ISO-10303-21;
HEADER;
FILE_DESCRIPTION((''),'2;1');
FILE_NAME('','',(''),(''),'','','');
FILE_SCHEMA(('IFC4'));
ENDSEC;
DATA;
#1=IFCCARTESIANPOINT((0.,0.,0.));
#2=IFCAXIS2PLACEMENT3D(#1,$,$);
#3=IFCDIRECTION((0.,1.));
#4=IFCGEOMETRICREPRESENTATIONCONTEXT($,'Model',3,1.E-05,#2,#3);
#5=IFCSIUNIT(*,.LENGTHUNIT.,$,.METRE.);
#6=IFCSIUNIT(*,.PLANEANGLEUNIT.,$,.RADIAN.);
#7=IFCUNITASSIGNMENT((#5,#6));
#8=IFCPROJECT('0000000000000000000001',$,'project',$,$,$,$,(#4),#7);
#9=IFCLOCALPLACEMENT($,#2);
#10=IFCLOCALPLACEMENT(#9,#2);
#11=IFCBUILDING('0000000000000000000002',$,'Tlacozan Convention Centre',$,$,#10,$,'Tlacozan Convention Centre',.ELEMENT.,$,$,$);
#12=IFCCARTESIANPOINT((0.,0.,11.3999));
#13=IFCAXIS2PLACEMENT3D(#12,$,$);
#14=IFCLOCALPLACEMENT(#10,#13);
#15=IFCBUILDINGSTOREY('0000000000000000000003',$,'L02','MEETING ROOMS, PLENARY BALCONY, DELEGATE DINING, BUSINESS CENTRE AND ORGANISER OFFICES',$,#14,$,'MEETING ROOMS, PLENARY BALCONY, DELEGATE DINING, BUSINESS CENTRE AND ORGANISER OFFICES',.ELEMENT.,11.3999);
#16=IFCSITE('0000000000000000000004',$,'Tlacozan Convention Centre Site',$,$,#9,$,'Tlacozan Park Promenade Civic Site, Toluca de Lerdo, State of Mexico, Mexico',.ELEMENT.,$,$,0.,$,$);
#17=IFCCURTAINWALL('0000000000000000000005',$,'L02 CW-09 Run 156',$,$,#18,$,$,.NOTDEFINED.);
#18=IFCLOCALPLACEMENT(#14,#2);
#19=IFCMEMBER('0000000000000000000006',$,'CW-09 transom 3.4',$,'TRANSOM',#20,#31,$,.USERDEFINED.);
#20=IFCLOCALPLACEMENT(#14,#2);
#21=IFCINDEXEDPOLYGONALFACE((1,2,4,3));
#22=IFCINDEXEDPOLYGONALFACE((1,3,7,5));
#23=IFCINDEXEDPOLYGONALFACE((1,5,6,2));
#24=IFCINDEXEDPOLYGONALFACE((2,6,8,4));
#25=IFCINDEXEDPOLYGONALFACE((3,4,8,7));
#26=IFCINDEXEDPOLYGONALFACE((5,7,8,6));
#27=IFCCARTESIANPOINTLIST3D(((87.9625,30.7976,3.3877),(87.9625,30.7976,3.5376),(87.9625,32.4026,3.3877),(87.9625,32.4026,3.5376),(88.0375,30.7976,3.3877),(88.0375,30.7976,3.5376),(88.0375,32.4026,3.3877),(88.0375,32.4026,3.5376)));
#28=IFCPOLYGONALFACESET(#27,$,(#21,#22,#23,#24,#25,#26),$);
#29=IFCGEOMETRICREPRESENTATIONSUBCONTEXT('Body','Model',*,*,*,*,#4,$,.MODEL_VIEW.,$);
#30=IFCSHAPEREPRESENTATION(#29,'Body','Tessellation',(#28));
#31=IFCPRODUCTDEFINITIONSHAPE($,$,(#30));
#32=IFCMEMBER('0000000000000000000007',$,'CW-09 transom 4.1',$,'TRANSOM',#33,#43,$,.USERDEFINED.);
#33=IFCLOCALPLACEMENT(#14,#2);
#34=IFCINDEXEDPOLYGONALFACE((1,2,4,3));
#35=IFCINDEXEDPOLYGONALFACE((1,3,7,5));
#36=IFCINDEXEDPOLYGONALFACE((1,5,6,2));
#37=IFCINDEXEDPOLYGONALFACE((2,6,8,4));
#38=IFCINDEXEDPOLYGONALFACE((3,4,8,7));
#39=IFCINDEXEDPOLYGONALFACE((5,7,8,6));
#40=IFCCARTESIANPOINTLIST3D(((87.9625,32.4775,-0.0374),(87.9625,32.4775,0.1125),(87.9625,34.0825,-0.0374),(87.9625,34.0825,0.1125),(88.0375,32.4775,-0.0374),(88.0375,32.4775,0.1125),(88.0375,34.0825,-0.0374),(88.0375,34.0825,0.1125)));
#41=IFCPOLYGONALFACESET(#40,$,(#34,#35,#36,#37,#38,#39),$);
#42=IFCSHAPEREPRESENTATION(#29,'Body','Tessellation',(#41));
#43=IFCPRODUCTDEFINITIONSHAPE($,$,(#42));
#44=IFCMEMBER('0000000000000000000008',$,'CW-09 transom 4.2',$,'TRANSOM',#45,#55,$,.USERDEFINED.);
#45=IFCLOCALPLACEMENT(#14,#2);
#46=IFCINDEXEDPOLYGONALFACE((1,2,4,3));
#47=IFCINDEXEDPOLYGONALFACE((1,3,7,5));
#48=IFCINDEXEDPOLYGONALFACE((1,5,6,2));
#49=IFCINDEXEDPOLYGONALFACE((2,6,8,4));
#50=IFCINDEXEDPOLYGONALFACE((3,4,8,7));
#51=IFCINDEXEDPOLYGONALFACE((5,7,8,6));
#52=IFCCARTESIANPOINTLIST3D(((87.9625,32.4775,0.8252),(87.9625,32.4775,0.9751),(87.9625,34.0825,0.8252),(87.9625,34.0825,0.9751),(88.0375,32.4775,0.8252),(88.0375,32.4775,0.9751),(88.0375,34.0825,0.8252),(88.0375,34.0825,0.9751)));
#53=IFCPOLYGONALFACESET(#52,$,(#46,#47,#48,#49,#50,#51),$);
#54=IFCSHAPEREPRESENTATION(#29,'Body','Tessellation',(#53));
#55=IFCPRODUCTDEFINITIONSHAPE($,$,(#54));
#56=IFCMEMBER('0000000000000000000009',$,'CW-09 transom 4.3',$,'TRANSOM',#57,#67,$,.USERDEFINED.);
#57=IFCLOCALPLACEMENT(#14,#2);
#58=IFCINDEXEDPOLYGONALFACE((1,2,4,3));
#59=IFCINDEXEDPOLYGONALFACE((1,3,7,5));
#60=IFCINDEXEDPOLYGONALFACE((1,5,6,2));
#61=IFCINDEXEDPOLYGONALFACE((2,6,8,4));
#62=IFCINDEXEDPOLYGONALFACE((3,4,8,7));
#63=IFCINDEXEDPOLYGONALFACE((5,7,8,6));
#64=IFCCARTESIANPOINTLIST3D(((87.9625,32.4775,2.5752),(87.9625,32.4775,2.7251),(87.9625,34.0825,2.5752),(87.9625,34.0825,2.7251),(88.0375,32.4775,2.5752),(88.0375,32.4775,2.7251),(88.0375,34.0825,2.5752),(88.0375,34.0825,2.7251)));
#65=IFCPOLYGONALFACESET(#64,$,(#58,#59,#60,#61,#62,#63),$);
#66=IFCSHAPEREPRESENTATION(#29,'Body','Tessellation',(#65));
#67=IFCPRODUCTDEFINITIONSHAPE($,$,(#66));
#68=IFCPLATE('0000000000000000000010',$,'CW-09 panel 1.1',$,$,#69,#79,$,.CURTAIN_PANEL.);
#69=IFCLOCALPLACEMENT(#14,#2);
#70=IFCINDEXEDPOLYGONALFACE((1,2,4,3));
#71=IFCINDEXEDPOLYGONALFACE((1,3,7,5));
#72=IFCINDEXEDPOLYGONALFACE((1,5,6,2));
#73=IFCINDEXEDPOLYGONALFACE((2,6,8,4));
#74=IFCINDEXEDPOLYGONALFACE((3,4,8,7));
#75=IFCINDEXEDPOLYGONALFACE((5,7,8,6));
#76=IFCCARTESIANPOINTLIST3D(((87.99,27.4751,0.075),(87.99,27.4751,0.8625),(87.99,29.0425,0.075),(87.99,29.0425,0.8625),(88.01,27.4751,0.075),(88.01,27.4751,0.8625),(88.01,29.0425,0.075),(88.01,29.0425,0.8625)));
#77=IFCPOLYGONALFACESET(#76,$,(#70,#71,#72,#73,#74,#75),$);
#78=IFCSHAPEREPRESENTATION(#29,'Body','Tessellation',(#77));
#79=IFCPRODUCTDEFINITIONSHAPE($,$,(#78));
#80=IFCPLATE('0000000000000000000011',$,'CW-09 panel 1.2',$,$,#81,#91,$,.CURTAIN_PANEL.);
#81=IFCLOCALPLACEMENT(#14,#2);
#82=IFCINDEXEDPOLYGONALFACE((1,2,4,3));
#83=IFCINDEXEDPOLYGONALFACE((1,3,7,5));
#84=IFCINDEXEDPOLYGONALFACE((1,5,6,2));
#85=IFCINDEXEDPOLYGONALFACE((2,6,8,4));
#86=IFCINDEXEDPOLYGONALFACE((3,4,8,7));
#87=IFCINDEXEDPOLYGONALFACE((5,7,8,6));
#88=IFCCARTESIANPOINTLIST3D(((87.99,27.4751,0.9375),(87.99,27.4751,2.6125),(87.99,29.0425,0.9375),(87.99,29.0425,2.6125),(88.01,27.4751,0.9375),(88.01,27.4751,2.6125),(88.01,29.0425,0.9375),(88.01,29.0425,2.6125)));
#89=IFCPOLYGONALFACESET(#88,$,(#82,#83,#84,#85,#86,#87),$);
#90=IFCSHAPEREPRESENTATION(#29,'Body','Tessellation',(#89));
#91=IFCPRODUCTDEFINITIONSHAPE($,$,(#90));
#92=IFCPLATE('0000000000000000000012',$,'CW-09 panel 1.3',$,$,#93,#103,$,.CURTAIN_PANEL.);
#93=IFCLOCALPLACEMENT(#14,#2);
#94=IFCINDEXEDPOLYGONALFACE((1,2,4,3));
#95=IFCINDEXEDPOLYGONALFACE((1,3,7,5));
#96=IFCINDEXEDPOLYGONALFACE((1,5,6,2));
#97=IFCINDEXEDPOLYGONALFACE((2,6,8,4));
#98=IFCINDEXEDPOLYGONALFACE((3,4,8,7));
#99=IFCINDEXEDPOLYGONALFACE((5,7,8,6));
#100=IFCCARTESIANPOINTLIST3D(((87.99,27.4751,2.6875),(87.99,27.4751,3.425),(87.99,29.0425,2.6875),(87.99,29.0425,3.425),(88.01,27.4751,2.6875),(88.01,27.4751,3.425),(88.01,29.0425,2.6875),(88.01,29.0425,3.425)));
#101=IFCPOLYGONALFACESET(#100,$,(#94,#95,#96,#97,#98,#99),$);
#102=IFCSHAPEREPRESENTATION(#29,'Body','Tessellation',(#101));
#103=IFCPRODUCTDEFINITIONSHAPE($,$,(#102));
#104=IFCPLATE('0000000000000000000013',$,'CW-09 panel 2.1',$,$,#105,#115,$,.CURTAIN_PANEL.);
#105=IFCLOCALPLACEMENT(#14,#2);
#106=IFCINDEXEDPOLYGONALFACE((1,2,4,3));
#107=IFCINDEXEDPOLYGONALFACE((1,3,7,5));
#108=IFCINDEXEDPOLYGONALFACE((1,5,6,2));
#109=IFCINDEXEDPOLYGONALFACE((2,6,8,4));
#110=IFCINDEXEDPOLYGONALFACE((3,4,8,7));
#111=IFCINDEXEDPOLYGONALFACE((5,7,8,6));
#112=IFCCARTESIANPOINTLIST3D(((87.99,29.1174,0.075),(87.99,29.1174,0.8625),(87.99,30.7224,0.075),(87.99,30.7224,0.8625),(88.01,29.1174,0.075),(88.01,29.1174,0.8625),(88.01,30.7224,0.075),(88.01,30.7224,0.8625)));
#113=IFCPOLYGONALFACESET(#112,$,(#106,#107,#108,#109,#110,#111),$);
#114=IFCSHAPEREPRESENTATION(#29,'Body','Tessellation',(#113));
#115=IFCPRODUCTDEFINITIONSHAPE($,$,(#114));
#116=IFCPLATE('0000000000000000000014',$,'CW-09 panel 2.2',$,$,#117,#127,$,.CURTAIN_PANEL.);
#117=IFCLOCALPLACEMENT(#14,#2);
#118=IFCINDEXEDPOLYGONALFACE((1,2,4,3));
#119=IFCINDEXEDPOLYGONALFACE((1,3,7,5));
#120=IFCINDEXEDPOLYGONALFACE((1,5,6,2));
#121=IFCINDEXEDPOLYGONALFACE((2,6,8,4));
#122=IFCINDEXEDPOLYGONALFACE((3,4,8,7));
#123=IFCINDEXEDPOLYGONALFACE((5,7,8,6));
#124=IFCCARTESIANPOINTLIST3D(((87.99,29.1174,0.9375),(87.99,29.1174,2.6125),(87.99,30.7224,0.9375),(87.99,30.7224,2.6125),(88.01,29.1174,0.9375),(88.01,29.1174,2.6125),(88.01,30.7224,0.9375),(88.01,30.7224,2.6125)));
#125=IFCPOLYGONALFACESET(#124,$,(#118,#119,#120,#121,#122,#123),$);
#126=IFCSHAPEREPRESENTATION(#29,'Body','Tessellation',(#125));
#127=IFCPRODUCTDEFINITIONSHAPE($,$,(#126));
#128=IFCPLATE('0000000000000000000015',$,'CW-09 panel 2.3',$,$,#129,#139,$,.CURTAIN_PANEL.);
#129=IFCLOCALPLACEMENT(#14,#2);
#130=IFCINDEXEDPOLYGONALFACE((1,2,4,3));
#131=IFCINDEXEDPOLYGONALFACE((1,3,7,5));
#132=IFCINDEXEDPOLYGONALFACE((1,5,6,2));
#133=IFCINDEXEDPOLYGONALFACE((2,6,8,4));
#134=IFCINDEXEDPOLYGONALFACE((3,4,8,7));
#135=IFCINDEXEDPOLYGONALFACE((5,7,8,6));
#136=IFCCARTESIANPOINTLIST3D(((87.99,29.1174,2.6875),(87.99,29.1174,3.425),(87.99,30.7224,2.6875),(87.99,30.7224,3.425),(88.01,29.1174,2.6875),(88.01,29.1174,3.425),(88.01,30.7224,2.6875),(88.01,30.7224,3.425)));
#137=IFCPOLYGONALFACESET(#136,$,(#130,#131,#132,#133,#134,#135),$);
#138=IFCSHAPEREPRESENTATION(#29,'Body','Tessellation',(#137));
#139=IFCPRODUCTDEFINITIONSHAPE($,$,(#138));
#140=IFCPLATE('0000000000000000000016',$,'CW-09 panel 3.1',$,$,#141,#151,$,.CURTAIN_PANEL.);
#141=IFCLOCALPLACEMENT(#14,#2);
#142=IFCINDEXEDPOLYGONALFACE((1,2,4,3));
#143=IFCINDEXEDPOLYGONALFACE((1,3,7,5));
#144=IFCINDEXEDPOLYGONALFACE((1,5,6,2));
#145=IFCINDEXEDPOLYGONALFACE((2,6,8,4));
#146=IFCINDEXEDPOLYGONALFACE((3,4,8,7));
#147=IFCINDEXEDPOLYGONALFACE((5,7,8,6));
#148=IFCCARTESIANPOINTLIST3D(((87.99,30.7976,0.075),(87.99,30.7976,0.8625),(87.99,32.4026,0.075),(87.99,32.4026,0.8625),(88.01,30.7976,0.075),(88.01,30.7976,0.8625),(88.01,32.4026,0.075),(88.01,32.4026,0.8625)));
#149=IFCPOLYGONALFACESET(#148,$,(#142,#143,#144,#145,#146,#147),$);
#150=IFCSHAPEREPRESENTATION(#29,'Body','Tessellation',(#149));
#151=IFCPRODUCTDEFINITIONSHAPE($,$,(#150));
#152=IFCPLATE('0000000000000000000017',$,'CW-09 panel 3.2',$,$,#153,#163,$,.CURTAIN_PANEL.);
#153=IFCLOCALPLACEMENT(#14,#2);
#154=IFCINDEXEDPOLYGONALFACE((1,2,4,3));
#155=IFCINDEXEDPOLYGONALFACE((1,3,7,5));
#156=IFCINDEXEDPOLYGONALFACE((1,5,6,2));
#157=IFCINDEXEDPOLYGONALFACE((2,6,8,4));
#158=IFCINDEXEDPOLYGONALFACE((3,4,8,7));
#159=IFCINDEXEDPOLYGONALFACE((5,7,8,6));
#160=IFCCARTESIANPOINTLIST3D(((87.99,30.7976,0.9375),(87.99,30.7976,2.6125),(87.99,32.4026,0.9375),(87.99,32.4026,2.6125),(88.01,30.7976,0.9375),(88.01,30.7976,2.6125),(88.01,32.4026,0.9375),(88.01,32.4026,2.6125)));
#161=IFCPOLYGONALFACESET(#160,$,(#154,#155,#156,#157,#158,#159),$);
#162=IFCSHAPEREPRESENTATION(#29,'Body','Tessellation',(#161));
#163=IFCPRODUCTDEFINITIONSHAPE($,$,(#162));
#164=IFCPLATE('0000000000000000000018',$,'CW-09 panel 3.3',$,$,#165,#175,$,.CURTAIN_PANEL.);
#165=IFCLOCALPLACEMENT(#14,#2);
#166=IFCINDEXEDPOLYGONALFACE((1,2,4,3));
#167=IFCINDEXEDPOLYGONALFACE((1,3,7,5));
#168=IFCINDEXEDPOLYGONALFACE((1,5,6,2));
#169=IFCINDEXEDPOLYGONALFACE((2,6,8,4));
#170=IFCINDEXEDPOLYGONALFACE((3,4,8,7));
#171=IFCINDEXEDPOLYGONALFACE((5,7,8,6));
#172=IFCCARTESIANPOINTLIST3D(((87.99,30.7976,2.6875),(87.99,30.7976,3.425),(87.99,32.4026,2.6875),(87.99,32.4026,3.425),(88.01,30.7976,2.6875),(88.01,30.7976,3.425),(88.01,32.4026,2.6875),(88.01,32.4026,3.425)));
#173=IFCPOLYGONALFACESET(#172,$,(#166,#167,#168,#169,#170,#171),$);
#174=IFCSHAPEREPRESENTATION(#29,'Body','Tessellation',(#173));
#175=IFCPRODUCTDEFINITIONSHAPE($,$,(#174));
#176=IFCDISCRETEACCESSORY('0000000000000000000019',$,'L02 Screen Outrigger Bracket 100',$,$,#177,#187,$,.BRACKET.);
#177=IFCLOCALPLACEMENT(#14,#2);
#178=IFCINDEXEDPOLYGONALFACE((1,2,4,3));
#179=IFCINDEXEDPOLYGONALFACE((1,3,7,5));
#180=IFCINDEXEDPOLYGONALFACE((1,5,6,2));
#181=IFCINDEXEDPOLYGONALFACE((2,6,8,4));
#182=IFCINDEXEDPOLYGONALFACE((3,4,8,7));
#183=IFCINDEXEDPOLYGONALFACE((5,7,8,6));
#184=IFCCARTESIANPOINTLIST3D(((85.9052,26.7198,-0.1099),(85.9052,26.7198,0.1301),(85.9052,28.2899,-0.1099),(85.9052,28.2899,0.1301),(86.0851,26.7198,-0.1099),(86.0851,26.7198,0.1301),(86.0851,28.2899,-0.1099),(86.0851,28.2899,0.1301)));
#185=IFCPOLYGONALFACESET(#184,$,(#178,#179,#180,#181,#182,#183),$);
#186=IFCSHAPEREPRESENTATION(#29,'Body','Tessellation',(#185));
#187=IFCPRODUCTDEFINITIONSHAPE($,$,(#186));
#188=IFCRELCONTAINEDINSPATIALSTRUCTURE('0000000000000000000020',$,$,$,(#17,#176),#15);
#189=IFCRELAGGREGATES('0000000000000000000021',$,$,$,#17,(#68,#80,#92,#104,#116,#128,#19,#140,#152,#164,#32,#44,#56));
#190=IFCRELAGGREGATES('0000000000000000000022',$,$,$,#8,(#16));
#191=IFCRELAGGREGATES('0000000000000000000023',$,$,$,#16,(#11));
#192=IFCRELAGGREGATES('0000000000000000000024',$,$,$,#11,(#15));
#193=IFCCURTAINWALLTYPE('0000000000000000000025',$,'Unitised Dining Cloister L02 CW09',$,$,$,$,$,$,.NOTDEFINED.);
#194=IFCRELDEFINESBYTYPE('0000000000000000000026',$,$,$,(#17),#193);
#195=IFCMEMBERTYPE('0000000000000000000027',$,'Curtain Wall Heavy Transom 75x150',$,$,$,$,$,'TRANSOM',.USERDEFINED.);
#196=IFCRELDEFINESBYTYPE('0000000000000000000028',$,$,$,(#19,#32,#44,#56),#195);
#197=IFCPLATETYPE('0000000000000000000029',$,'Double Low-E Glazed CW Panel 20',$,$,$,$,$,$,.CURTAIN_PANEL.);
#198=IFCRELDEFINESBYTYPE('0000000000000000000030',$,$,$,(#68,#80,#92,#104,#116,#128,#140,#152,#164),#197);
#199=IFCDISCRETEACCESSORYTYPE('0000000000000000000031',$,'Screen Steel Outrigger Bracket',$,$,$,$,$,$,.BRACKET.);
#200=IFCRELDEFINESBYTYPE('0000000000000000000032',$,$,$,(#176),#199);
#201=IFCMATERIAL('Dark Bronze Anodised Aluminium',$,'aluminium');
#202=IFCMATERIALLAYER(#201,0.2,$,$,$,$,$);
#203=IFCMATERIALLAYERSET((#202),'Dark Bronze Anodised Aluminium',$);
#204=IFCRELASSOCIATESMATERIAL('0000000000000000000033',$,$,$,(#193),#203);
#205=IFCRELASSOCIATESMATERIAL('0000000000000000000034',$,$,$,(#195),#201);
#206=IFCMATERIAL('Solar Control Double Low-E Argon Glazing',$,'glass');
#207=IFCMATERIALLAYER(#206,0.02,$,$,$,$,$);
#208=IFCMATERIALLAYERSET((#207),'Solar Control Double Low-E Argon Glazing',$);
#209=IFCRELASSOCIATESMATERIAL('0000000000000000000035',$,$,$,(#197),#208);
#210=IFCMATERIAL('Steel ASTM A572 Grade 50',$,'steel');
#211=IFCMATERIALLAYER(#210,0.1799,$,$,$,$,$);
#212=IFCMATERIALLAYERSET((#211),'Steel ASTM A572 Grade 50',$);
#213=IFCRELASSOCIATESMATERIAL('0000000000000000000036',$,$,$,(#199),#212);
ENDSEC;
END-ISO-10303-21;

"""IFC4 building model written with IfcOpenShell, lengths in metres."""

from ifc_helpers import new_model, si_unit, direction, frame, origin, origin_2d, place, context, subcontext, project, spatial, rectangle, extrude, material, layer, layer_set, material_profile, profile_set, type_object, element, aggregate, save


model = new_model("IFC4")

# Units and contexts
model_context = context("Model", 3, precision=1e-05, world=origin(), true_north=direction((0.0, 1.0)))
body_context = subcontext(model_context, "Body", "Model", "MODEL_VIEW")
ifc_project = project(units=[si_unit("LENGTHUNIT", "METRE"), si_unit("PLANEANGLEUNIT", "RADIAN")], contexts=[model_context])

# Site, building, storey
site_placement = place(None, origin())
site = spatial("IfcSite", under=ifc_project, at=site_placement, Name="Tlacozan Convention Centre Site", LongName="Tlacozan Park Promenade Civic Site, Toluca de Lerdo, State of Mexico, Mexico", CompositionType="ELEMENT", RefElevation=0.0)
building_placement = place(site_placement, origin())
building = spatial("IfcBuilding", under=site, at=building_placement, Name="Tlacozan Convention Centre", LongName="Tlacozan Convention Centre", CompositionType="ELEMENT")
storey_placement = place(building_placement, frame((0.0, 0.0, 11.3999)))
storey = spatial("IfcBuildingStorey", under=building, at=storey_placement, Name="L02", Description="MEETING ROOMS, PLENARY BALCONY, DELEGATE DINING, BUSINESS CENTRE AND ORGANISER OFFICES", LongName="MEETING ROOMS, PLENARY BALCONY, DELEGATE DINING, BUSINESS CENTRE AND ORGANISER OFFICES", CompositionType="ELEMENT", Elevation=11.3999)

# Curtain wall, members, plates
ifc_material_1 = material(Name="Dark Bronze Anodised Aluminium", Category="aluminium")
ifc_layer_1 = layer(ifc_material_1, 0.2)
ifc_layer_set_1 = layer_set([ifc_layer_1], Name="Dark Bronze Anodised Aluminium")
curtain_wall_type = type_object("IfcCurtainWallType", Name="Unitised Dining Cloister L02 CW09", PredefinedType="NOTDEFINED", material=ifc_layer_set_1)
curtain_wall_placement = place(storey_placement, origin())
curtain_wall = element("IfcCurtainWall", 1, at=curtain_wall_placement, inside=storey, type_object=curtain_wall_type, Name="L02 CW-09 Run 156", PredefinedType="NOTDEFINED")
ifc_material_profile_1 = material_profile(ifc_material_1, rectangle(XDim=0.075, YDim=0.1499, at=origin_2d()), Name="ALU 75x150")
ifc_profile_set_1 = profile_set([ifc_material_profile_1], Name="Dark Bronze Anodised Aluminium")
member_type_1 = type_object("IfcMemberType", Name="Curtain Wall Heavy Transom 75x150", ElementType="TRANSOM", PredefinedType="USERDEFINED", material=ifc_profile_set_1)
member_1_placement = place(storey_placement, frame((88.0, 30.7976, 3.4626), z_axis=(0.0, 1.0, 0.0), x_axis=(-1.0, 0.0, 0.0)))
member_1 = element("IfcMember", 2, at=member_1_placement, type_object=member_type_1, Name="CW-09 transom 3.4", ObjectType="TRANSOM", PredefinedType="USERDEFINED", context=body_context, shape_type="SweptSolid", body=[
    extrude(rectangle(XDim=0.075, YDim=0.1499, at=origin_2d()), origin(), (0.0, 0.0, 1.0), 1.605),
])
member_2_placement = place(storey_placement, frame((88.0, 32.4775, 0.0376), z_axis=(0.0, 1.0, 0.0), x_axis=(-1.0, 0.0, 0.0)))
member_2 = element("IfcMember", 3, at=member_2_placement, type_object=member_type_1, Name="CW-09 transom 4.1", ObjectType="TRANSOM", PredefinedType="USERDEFINED", context=body_context, shape_type="SweptSolid", body=[
    extrude(rectangle(XDim=0.075, YDim=0.1499, at=origin_2d()), origin(), (0.0, 0.0, 1.0), 1.605),
])
member_3_placement = place(storey_placement, frame((88.0, 32.4775, 0.9001), z_axis=(0.0, 1.0, 0.0), x_axis=(-1.0, 0.0, 0.0)))
member_3 = element("IfcMember", 4, at=member_3_placement, type_object=member_type_1, Name="CW-09 transom 4.2", ObjectType="TRANSOM", PredefinedType="USERDEFINED", context=body_context, shape_type="SweptSolid", body=[
    extrude(rectangle(XDim=0.075, YDim=0.1499, at=origin_2d()), origin(), (0.0, 0.0, 1.0), 1.605),
])
member_4_placement = place(storey_placement, frame((88.0, 32.4775, 2.6501), z_axis=(0.0, 1.0, 0.0), x_axis=(-1.0, 0.0, 0.0)))
member_4 = element("IfcMember", 5, at=member_4_placement, type_object=member_type_1, Name="CW-09 transom 4.3", ObjectType="TRANSOM", PredefinedType="USERDEFINED", context=body_context, shape_type="SweptSolid", body=[
    extrude(rectangle(XDim=0.075, YDim=0.1499, at=origin_2d()), origin(), (0.0, 0.0, 1.0), 1.605),
])
ifc_material_2 = material(Name="Solar Control Double Low-E Argon Glazing", Category="glass")
ifc_layer_2 = layer(ifc_material_2, 0.02)
ifc_layer_set_2 = layer_set([ifc_layer_2], Name="Solar Control Double Low-E Argon Glazing")
plate_type = type_object("IfcPlateType", Name="Double Low-E Glazed CW Panel 20", PredefinedType="CURTAIN_PANEL", material=ifc_layer_set_2)
plate_1_placement = place(storey_placement, frame((88.0, 28.2588, 0.075), z_axis=(0.0, 0.0, 1.0), x_axis=(0.0, 1.0, 0.0)))
plate_1 = element("IfcPlate", 6, at=plate_1_placement, type_object=plate_type, Name="CW-09 panel 1.1", PredefinedType="CURTAIN_PANEL", context=body_context, shape_type="SweptSolid", body=[
    extrude(rectangle(XDim=1.5674, YDim=0.02, at=origin_2d()), origin(), (0.0, 0.0, 1.0), 0.7876),
])
plate_2_placement = place(storey_placement, frame((88.0, 28.2588, 0.9375), z_axis=(0.0, 0.0, 1.0), x_axis=(0.0, 1.0, 0.0)))
plate_2 = element("IfcPlate", 7, at=plate_2_placement, type_object=plate_type, Name="CW-09 panel 1.2", PredefinedType="CURTAIN_PANEL", context=body_context, shape_type="SweptSolid", body=[
    extrude(rectangle(XDim=1.5674, YDim=0.02, at=origin_2d()), origin(), (0.0, 0.0, 1.0), 1.675),
])
plate_3_placement = place(storey_placement, frame((88.0, 28.2588, 2.6875), z_axis=(0.0, 0.0, 1.0), x_axis=(0.0, 1.0, 0.0)))
plate_3 = element("IfcPlate", 8, at=plate_3_placement, type_object=plate_type, Name="CW-09 panel 1.3", PredefinedType="CURTAIN_PANEL", context=body_context, shape_type="SweptSolid", body=[
    extrude(rectangle(XDim=1.5674, YDim=0.02, at=origin_2d()), origin(), (0.0, 0.0, 1.0), 0.7375),
])
plate_4_placement = place(storey_placement, frame((88.0, 29.9199, 0.075), z_axis=(0.0, 0.0, 1.0), x_axis=(0.0, 1.0, 0.0)))
plate_4 = element("IfcPlate", 9, at=plate_4_placement, type_object=plate_type, Name="CW-09 panel 2.1", PredefinedType="CURTAIN_PANEL", context=body_context, shape_type="SweptSolid", body=[
    extrude(rectangle(XDim=1.605, YDim=0.02, at=origin_2d()), origin(), (0.0, 0.0, 1.0), 0.7876),
])
plate_5_placement = place(storey_placement, frame((88.0, 29.9199, 0.9375), z_axis=(0.0, 0.0, 1.0), x_axis=(0.0, 1.0, 0.0)))
plate_5 = element("IfcPlate", 10, at=plate_5_placement, type_object=plate_type, Name="CW-09 panel 2.2", PredefinedType="CURTAIN_PANEL", context=body_context, shape_type="SweptSolid", body=[
    extrude(rectangle(XDim=1.605, YDim=0.02, at=origin_2d()), origin(), (0.0, 0.0, 1.0), 1.675),
])
plate_6_placement = place(storey_placement, frame((88.0, 29.9199, 2.6875), z_axis=(0.0, 0.0, 1.0), x_axis=(0.0, 1.0, 0.0)))
plate_6 = element("IfcPlate", 11, at=plate_6_placement, type_object=plate_type, Name="CW-09 panel 2.3", PredefinedType="CURTAIN_PANEL", context=body_context, shape_type="SweptSolid", body=[
    extrude(rectangle(XDim=1.605, YDim=0.02, at=origin_2d()), origin(), (0.0, 0.0, 1.0), 0.7375),
])
plate_7_placement = place(storey_placement, frame((88.0, 31.6001, 0.075), z_axis=(0.0, 0.0, 1.0), x_axis=(0.0, 1.0, 0.0)))
plate_7 = element("IfcPlate", 12, at=plate_7_placement, type_object=plate_type, Name="CW-09 panel 3.1", PredefinedType="CURTAIN_PANEL", context=body_context, shape_type="SweptSolid", body=[
    extrude(rectangle(XDim=1.605, YDim=0.02, at=origin_2d()), origin(), (0.0, 0.0, 1.0), 0.7876),
])
plate_8_placement = place(storey_placement, frame((88.0, 31.6001, 0.9375), z_axis=(0.0, 0.0, 1.0), x_axis=(0.0, 1.0, 0.0)))
plate_8 = element("IfcPlate", 13, at=plate_8_placement, type_object=plate_type, Name="CW-09 panel 3.2", PredefinedType="CURTAIN_PANEL", context=body_context, shape_type="SweptSolid", body=[
    extrude(rectangle(XDim=1.605, YDim=0.02, at=origin_2d()), origin(), (0.0, 0.0, 1.0), 1.675),
])
plate_9_placement = place(storey_placement, frame((88.0, 31.6001, 2.6875), z_axis=(0.0, 0.0, 1.0), x_axis=(0.0, 1.0, 0.0)))
plate_9 = element("IfcPlate", 14, at=plate_9_placement, type_object=plate_type, Name="CW-09 panel 3.3", PredefinedType="CURTAIN_PANEL", context=body_context, shape_type="SweptSolid", body=[
    extrude(rectangle(XDim=1.605, YDim=0.02, at=origin_2d()), origin(), (0.0, 0.0, 1.0), 0.7375),
])
aggregate(curtain_wall, [plate_1, plate_2, plate_3, plate_4, plate_5, plate_6, member_1, plate_7, plate_8, plate_9, member_2, member_3, member_4])

# Discrete accessory
ifc_material_3 = material(Name="Steel ASTM A572 Grade 50", Category="steel")
ifc_layer_3 = layer(ifc_material_3, 0.1799)
ifc_layer_set_3 = layer_set([ifc_layer_3], Name="Steel ASTM A572 Grade 50")
discrete_accessory_type = type_object("IfcDiscreteAccessoryType", Name="Screen Steel Outrigger Bracket", PredefinedType="BRACKET", material=ifc_layer_set_3)
discrete_accessory_placement = place(storey_placement, frame((85.9951, 27.5049, -0.1099), z_axis=(0.0, 0.0, 1.0), x_axis=(0.0, -1.0, 0.0)))
element("IfcDiscreteAccessory", 15, at=discrete_accessory_placement, inside=storey, type_object=discrete_accessory_type, Name="L02 Screen Outrigger Bracket 100", PredefinedType="BRACKET", context=body_context, shape_type="SweptSolid", body=[
    extrude(rectangle(XDim=1.5701, YDim=0.1799, at=origin_2d()), origin(), (0.0, 0.0, 1.0), 0.24),
])

save(model, "model.ifc")
